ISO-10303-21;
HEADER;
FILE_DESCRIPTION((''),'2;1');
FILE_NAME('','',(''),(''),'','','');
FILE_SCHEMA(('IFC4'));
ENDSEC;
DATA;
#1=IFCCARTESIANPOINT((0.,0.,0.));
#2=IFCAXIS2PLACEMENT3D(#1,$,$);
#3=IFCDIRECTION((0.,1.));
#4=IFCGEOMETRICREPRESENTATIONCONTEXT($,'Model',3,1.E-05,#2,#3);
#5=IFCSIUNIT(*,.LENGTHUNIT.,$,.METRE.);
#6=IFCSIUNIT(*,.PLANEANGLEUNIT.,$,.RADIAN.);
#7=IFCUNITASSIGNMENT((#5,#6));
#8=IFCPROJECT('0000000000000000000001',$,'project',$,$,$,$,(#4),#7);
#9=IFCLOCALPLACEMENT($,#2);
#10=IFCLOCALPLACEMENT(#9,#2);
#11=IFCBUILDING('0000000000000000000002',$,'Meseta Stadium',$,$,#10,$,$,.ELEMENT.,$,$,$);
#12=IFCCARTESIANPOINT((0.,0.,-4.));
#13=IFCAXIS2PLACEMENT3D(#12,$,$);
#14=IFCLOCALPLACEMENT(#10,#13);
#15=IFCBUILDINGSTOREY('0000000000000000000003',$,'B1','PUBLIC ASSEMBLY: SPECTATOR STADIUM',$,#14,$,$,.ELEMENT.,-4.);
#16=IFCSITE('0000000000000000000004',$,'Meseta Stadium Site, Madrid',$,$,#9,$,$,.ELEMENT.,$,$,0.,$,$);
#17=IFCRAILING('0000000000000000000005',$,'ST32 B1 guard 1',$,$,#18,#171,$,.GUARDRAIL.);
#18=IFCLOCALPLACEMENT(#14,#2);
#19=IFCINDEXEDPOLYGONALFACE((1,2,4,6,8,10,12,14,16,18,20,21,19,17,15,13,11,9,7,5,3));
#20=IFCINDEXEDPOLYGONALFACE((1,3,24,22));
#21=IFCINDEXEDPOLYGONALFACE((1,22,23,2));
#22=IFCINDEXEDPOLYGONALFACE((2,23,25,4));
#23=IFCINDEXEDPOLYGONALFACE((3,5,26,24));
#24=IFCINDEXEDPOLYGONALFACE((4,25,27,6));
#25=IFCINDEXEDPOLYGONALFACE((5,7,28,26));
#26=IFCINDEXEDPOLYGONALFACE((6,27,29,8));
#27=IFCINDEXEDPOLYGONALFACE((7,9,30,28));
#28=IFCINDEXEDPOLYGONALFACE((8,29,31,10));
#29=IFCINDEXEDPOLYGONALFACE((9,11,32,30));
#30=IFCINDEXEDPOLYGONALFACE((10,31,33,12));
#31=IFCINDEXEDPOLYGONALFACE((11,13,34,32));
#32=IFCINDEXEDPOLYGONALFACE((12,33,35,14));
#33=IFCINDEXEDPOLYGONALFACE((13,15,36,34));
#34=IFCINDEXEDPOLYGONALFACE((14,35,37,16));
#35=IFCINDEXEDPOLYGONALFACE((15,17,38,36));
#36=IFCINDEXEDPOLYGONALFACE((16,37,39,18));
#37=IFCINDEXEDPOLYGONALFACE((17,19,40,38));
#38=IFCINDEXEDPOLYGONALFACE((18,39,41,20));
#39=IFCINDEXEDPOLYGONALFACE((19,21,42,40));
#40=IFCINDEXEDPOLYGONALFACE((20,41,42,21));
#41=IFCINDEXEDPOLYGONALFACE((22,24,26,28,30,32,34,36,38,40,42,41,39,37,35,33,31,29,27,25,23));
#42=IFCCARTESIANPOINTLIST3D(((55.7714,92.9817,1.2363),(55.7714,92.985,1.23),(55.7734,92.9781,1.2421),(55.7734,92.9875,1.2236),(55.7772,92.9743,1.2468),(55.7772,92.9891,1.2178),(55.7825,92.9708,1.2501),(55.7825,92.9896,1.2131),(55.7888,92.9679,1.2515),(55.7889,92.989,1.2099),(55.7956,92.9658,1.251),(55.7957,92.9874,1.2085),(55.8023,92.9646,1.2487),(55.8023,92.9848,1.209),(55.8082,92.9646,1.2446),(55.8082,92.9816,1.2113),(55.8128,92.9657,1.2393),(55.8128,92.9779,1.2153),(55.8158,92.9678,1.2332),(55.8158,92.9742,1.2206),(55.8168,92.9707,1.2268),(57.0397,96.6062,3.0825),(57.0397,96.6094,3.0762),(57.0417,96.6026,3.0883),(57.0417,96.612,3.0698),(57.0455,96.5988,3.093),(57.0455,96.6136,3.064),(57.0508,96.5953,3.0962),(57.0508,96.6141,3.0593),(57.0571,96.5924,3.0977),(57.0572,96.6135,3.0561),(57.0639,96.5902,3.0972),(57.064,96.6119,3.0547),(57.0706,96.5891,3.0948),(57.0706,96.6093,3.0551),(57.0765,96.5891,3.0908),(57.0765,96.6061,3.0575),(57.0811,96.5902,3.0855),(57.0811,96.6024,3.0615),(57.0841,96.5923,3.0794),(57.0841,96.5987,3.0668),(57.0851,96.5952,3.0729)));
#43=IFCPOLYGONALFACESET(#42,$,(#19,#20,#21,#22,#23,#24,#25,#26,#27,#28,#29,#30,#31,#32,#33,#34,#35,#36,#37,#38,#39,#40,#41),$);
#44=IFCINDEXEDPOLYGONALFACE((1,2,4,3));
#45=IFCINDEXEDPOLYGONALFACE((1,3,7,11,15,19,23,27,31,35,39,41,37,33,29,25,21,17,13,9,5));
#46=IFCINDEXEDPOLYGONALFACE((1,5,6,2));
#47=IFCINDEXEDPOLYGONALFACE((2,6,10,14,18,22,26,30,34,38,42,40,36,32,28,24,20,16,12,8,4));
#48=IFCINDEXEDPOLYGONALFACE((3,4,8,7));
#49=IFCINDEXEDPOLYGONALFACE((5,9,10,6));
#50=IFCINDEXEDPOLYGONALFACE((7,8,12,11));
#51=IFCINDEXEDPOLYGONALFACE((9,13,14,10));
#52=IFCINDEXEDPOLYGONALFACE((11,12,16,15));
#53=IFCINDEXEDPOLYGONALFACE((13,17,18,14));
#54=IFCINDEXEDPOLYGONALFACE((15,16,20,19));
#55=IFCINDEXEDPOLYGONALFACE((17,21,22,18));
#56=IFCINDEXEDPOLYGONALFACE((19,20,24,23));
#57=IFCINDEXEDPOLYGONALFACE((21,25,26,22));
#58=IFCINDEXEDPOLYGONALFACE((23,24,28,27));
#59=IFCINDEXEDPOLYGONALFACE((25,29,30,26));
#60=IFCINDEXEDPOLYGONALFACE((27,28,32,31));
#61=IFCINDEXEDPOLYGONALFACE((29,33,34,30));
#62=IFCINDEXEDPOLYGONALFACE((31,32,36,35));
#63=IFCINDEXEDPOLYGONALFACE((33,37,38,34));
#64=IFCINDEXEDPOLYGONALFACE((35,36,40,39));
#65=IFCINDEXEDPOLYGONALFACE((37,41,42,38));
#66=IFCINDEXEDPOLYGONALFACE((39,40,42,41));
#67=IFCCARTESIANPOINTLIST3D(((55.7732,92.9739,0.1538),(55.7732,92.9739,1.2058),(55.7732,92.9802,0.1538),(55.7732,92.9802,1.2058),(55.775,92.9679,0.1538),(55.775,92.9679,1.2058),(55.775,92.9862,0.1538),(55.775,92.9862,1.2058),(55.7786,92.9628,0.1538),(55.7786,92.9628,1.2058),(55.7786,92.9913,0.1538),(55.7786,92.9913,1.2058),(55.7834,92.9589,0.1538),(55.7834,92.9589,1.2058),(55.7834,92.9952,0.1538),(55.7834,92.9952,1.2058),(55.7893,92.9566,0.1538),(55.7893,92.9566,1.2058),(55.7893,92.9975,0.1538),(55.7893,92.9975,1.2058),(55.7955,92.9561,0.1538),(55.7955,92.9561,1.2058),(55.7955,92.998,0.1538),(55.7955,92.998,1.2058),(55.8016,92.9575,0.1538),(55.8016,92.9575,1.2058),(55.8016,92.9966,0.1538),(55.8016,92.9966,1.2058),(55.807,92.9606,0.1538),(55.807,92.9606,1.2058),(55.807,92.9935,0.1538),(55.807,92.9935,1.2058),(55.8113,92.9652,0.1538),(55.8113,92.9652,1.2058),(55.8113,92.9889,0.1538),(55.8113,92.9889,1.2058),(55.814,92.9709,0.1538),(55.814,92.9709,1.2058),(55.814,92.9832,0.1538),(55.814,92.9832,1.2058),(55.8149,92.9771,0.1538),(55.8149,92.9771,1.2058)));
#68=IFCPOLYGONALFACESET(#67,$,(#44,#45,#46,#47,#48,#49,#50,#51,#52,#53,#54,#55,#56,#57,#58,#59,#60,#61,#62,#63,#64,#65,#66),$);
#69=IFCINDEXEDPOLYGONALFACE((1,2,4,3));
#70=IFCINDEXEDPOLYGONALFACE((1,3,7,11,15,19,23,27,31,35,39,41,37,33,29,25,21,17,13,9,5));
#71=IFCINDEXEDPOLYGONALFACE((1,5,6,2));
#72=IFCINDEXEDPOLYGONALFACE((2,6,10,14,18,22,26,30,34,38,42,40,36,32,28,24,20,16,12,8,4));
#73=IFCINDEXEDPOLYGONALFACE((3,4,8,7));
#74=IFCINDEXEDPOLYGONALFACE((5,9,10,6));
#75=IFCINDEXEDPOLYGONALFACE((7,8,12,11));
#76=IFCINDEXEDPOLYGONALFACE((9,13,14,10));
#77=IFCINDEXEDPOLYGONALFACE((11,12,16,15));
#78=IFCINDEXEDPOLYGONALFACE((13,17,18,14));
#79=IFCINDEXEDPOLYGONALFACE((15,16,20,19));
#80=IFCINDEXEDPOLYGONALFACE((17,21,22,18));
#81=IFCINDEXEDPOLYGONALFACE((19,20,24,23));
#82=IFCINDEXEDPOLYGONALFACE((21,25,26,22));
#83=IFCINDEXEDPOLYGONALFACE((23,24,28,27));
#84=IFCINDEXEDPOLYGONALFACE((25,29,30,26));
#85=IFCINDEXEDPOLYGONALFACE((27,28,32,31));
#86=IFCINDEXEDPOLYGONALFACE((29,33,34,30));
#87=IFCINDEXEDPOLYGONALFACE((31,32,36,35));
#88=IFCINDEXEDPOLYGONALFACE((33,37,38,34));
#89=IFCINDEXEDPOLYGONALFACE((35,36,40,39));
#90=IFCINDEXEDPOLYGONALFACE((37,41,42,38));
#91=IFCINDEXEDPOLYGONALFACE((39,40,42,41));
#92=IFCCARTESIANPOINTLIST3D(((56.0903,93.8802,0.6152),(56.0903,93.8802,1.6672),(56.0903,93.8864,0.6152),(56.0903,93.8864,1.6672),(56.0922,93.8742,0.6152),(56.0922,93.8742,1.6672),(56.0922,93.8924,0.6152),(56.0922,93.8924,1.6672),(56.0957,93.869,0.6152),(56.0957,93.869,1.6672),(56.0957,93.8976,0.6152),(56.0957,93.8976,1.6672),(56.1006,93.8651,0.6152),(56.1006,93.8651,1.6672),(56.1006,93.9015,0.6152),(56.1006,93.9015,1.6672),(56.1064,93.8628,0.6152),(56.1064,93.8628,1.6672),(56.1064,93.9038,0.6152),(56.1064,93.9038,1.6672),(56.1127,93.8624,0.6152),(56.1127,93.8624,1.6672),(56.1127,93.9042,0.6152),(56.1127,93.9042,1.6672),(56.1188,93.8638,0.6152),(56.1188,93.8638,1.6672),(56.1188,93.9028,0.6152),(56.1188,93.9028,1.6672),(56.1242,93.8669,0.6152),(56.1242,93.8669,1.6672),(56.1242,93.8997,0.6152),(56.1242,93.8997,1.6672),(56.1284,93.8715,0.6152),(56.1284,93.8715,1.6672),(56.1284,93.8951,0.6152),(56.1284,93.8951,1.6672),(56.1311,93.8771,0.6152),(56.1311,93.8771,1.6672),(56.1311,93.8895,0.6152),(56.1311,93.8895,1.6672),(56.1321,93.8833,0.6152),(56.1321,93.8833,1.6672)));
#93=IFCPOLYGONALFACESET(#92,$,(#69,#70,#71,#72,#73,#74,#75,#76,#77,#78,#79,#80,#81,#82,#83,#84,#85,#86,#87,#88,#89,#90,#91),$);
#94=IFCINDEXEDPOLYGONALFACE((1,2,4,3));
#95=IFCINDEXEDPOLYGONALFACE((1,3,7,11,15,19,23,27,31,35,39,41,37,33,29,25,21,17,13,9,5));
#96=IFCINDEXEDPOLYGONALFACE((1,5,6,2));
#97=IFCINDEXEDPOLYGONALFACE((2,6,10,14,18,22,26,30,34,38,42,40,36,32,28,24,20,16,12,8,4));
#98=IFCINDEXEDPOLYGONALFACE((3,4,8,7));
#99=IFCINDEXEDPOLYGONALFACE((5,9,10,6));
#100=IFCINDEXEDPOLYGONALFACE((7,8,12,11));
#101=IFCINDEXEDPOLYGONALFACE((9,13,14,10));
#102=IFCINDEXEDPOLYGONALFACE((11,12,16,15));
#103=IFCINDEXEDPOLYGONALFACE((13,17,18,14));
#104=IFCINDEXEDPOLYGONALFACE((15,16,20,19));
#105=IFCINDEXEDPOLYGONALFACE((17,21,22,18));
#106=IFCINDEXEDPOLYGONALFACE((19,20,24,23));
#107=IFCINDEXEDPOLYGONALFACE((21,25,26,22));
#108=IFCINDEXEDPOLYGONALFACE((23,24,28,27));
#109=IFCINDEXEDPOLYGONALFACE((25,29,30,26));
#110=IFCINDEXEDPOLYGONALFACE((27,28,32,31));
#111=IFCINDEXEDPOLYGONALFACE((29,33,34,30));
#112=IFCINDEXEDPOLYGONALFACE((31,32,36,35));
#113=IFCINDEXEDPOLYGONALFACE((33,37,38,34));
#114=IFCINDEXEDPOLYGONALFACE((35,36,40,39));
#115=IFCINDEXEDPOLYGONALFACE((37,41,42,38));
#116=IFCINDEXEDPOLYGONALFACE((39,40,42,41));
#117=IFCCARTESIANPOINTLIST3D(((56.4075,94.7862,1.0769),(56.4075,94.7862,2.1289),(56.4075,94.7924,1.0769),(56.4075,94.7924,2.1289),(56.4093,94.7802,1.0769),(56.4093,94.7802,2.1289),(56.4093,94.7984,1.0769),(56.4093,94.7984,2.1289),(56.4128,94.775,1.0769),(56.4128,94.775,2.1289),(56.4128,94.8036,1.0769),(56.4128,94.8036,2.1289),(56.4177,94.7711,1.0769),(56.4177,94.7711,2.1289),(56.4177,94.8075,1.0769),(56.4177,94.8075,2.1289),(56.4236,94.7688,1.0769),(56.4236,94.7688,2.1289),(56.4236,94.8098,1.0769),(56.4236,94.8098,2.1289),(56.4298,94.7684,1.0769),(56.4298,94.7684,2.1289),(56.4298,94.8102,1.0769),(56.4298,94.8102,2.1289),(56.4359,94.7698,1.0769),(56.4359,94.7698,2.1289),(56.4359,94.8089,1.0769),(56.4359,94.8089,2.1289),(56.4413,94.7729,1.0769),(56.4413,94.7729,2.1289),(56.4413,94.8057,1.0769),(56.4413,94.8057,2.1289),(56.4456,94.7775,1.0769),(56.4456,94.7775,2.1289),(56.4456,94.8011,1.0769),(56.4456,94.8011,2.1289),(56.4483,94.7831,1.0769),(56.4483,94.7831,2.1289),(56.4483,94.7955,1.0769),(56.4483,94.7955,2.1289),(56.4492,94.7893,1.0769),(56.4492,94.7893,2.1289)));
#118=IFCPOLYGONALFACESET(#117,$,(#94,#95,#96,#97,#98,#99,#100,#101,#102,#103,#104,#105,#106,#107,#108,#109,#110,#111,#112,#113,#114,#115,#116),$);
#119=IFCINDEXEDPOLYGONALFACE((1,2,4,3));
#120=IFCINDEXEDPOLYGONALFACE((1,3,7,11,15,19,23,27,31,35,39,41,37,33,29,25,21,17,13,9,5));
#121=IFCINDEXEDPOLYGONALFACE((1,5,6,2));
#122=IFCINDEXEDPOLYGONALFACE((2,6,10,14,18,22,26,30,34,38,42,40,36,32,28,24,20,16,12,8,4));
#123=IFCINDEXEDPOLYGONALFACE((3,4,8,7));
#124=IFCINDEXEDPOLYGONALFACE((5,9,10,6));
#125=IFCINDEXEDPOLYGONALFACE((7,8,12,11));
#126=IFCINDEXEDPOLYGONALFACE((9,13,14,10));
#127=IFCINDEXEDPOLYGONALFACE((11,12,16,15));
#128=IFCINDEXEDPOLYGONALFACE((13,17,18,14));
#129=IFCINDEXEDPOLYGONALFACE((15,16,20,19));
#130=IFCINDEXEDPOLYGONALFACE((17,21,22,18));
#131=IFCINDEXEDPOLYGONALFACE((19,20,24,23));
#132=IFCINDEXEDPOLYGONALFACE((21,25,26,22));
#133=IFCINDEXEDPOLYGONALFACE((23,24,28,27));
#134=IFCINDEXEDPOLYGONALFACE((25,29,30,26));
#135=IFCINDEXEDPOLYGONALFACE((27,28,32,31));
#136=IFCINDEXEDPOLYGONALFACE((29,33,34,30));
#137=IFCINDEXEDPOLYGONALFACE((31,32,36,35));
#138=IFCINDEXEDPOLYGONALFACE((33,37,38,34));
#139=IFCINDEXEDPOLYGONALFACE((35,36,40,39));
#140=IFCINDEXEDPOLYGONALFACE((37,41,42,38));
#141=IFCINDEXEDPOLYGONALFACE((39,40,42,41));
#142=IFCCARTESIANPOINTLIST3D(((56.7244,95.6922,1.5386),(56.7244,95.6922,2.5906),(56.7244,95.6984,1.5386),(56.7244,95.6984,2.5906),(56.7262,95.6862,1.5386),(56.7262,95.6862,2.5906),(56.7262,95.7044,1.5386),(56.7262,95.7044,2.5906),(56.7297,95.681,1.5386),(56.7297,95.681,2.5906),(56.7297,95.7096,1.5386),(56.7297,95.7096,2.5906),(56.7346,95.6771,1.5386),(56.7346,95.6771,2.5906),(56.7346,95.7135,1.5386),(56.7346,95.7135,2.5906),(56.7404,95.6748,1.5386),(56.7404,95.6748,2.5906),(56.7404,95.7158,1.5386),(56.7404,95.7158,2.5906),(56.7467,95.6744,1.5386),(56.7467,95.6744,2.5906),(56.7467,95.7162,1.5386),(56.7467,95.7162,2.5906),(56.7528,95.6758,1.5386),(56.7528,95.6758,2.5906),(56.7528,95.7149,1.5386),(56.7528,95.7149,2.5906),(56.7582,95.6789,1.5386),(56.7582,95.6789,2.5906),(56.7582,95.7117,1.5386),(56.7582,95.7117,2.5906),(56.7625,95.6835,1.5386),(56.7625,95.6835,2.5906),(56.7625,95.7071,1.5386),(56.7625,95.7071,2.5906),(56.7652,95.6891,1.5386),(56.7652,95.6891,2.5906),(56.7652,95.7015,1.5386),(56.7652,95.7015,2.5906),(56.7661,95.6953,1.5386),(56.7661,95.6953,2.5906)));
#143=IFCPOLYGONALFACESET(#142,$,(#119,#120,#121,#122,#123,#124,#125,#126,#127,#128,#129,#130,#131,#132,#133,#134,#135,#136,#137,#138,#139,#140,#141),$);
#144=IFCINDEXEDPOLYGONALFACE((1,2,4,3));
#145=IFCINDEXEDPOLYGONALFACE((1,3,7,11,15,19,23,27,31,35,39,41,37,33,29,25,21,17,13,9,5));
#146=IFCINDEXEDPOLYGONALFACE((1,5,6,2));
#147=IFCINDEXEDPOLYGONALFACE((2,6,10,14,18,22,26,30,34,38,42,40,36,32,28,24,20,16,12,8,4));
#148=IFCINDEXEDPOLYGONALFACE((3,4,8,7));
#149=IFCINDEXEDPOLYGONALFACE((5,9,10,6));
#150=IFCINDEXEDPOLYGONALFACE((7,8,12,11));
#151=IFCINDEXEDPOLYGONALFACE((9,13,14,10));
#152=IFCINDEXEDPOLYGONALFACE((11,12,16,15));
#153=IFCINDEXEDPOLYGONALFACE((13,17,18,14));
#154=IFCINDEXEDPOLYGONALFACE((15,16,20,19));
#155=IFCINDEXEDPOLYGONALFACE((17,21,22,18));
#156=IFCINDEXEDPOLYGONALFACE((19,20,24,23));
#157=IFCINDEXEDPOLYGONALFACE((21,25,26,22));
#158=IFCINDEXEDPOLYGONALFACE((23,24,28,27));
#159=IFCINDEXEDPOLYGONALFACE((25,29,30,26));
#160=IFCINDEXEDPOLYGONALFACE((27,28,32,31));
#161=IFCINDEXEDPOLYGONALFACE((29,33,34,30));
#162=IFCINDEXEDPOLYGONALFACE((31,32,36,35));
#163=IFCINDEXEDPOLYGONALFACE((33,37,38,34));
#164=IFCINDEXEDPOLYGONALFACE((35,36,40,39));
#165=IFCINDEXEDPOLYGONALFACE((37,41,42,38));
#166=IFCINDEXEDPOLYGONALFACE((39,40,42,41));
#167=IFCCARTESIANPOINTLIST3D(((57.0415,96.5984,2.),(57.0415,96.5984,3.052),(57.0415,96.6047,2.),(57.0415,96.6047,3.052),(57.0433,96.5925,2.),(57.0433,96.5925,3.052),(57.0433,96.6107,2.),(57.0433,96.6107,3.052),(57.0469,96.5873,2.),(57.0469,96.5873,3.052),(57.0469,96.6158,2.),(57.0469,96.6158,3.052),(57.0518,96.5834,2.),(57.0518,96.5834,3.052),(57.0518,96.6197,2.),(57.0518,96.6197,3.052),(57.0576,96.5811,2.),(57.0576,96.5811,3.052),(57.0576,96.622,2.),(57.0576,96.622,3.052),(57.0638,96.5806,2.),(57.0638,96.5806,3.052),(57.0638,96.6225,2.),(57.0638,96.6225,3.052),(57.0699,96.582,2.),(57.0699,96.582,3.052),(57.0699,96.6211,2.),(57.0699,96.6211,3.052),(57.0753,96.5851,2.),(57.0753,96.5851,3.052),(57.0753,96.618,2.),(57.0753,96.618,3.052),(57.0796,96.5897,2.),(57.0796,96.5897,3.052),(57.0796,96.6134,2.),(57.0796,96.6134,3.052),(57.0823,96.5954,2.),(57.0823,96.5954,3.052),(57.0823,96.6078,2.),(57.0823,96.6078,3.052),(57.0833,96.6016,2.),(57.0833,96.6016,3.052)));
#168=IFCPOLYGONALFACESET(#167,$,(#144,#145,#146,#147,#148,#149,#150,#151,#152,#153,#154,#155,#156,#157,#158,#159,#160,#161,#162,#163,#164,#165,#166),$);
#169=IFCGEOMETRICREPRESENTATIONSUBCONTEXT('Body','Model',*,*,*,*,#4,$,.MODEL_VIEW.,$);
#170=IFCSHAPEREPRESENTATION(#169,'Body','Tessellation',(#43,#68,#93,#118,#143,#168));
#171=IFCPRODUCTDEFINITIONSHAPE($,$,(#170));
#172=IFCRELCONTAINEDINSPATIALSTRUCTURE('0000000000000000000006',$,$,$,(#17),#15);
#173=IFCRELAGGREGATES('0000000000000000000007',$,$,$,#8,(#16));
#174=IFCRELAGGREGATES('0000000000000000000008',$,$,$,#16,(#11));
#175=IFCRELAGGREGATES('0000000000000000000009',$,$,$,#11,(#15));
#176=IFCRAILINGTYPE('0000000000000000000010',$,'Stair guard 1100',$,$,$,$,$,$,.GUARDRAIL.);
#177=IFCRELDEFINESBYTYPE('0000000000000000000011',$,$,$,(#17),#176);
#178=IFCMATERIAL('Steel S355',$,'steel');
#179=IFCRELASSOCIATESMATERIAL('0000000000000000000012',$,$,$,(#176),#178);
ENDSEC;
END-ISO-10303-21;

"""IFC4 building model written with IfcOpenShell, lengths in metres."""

from ifc_helpers import new_model, si_unit, direction, frame, origin, origin_2d, place, context, subcontext, project, spatial, circle, extrude, material, type_object, element, save


model = new_model("IFC4")

# Units and contexts
model_context = context("Model", 3, precision=1e-05, world=origin(), true_north=direction((0.0, 1.0)))
body_context = subcontext(model_context, "Body", "Model", "MODEL_VIEW")
ifc_project = project(units=[si_unit("LENGTHUNIT", "METRE"), si_unit("PLANEANGLEUNIT", "RADIAN")], contexts=[model_context])

# Site, building, storey
site_placement = place(None, origin())
site = spatial("IfcSite", under=ifc_project, at=site_placement, Name="Meseta Stadium Site, Madrid", CompositionType="ELEMENT", RefElevation=0.0)
building_placement = place(site_placement, origin())
building = spatial("IfcBuilding", under=site, at=building_placement, Name="Meseta Stadium", CompositionType="ELEMENT")
storey_placement = place(building_placement, frame((0.0, 0.0, -4.0)))
storey = spatial("IfcBuildingStorey", under=building, at=storey_placement, Name="B1", Description="PUBLIC ASSEMBLY: SPECTATOR STADIUM", CompositionType="ELEMENT", Elevation=-4.0)

# Railing
ifc_material_1 = material(Name="Steel S355", Category="steel")
railing_type_1 = type_object("IfcRailingType", Name="Stair guard 1100", PredefinedType="GUARDRAIL", material=ifc_material_1)
railing_1_placement = place(storey_placement, frame((55.7939, 92.9771, 0.1538)))
element("IfcRailing", 1, at=railing_1_placement, inside=storey, type_object=railing_type_1, Name="ST32 B1 guard 1", PredefinedType="GUARDRAIL", context=body_context, shape_type="SweptSolid", body=[
    extrude(circle(Radius=0.0239, at=origin_2d()), frame((0.0, 0.0, 1.0762), z_axis=(0.297672, 0.850672, 0.4333), x_axis=(-0.94388, 0.330288, 0.0)), (0.0, 0.0, 1.0), 4.2607),
    extrude(circle(Radius=0.021, at=origin_2d()), origin(), (0.0, 0.0, 1.0), 1.052),
    extrude(circle(Radius=0.021, at=origin_2d()), frame((0.3171, 0.9062, 0.4614)), (0.0, 0.0, 1.0), 1.052),
    extrude(circle(Radius=0.021, at=origin_2d()), frame((0.6343, 1.8123, 0.9231)), (0.0, 0.0, 1.0), 1.052),
    extrude(circle(Radius=0.021, at=origin_2d()), frame((0.9512, 2.7183, 1.3848)), (0.0, 0.0, 1.0), 1.052),
    extrude(circle(Radius=0.021, at=origin_2d()), frame((1.2683, 3.6245, 1.8462)), (0.0, 0.0, 1.0), 1.052),
])

save(model, "model.ifc")
